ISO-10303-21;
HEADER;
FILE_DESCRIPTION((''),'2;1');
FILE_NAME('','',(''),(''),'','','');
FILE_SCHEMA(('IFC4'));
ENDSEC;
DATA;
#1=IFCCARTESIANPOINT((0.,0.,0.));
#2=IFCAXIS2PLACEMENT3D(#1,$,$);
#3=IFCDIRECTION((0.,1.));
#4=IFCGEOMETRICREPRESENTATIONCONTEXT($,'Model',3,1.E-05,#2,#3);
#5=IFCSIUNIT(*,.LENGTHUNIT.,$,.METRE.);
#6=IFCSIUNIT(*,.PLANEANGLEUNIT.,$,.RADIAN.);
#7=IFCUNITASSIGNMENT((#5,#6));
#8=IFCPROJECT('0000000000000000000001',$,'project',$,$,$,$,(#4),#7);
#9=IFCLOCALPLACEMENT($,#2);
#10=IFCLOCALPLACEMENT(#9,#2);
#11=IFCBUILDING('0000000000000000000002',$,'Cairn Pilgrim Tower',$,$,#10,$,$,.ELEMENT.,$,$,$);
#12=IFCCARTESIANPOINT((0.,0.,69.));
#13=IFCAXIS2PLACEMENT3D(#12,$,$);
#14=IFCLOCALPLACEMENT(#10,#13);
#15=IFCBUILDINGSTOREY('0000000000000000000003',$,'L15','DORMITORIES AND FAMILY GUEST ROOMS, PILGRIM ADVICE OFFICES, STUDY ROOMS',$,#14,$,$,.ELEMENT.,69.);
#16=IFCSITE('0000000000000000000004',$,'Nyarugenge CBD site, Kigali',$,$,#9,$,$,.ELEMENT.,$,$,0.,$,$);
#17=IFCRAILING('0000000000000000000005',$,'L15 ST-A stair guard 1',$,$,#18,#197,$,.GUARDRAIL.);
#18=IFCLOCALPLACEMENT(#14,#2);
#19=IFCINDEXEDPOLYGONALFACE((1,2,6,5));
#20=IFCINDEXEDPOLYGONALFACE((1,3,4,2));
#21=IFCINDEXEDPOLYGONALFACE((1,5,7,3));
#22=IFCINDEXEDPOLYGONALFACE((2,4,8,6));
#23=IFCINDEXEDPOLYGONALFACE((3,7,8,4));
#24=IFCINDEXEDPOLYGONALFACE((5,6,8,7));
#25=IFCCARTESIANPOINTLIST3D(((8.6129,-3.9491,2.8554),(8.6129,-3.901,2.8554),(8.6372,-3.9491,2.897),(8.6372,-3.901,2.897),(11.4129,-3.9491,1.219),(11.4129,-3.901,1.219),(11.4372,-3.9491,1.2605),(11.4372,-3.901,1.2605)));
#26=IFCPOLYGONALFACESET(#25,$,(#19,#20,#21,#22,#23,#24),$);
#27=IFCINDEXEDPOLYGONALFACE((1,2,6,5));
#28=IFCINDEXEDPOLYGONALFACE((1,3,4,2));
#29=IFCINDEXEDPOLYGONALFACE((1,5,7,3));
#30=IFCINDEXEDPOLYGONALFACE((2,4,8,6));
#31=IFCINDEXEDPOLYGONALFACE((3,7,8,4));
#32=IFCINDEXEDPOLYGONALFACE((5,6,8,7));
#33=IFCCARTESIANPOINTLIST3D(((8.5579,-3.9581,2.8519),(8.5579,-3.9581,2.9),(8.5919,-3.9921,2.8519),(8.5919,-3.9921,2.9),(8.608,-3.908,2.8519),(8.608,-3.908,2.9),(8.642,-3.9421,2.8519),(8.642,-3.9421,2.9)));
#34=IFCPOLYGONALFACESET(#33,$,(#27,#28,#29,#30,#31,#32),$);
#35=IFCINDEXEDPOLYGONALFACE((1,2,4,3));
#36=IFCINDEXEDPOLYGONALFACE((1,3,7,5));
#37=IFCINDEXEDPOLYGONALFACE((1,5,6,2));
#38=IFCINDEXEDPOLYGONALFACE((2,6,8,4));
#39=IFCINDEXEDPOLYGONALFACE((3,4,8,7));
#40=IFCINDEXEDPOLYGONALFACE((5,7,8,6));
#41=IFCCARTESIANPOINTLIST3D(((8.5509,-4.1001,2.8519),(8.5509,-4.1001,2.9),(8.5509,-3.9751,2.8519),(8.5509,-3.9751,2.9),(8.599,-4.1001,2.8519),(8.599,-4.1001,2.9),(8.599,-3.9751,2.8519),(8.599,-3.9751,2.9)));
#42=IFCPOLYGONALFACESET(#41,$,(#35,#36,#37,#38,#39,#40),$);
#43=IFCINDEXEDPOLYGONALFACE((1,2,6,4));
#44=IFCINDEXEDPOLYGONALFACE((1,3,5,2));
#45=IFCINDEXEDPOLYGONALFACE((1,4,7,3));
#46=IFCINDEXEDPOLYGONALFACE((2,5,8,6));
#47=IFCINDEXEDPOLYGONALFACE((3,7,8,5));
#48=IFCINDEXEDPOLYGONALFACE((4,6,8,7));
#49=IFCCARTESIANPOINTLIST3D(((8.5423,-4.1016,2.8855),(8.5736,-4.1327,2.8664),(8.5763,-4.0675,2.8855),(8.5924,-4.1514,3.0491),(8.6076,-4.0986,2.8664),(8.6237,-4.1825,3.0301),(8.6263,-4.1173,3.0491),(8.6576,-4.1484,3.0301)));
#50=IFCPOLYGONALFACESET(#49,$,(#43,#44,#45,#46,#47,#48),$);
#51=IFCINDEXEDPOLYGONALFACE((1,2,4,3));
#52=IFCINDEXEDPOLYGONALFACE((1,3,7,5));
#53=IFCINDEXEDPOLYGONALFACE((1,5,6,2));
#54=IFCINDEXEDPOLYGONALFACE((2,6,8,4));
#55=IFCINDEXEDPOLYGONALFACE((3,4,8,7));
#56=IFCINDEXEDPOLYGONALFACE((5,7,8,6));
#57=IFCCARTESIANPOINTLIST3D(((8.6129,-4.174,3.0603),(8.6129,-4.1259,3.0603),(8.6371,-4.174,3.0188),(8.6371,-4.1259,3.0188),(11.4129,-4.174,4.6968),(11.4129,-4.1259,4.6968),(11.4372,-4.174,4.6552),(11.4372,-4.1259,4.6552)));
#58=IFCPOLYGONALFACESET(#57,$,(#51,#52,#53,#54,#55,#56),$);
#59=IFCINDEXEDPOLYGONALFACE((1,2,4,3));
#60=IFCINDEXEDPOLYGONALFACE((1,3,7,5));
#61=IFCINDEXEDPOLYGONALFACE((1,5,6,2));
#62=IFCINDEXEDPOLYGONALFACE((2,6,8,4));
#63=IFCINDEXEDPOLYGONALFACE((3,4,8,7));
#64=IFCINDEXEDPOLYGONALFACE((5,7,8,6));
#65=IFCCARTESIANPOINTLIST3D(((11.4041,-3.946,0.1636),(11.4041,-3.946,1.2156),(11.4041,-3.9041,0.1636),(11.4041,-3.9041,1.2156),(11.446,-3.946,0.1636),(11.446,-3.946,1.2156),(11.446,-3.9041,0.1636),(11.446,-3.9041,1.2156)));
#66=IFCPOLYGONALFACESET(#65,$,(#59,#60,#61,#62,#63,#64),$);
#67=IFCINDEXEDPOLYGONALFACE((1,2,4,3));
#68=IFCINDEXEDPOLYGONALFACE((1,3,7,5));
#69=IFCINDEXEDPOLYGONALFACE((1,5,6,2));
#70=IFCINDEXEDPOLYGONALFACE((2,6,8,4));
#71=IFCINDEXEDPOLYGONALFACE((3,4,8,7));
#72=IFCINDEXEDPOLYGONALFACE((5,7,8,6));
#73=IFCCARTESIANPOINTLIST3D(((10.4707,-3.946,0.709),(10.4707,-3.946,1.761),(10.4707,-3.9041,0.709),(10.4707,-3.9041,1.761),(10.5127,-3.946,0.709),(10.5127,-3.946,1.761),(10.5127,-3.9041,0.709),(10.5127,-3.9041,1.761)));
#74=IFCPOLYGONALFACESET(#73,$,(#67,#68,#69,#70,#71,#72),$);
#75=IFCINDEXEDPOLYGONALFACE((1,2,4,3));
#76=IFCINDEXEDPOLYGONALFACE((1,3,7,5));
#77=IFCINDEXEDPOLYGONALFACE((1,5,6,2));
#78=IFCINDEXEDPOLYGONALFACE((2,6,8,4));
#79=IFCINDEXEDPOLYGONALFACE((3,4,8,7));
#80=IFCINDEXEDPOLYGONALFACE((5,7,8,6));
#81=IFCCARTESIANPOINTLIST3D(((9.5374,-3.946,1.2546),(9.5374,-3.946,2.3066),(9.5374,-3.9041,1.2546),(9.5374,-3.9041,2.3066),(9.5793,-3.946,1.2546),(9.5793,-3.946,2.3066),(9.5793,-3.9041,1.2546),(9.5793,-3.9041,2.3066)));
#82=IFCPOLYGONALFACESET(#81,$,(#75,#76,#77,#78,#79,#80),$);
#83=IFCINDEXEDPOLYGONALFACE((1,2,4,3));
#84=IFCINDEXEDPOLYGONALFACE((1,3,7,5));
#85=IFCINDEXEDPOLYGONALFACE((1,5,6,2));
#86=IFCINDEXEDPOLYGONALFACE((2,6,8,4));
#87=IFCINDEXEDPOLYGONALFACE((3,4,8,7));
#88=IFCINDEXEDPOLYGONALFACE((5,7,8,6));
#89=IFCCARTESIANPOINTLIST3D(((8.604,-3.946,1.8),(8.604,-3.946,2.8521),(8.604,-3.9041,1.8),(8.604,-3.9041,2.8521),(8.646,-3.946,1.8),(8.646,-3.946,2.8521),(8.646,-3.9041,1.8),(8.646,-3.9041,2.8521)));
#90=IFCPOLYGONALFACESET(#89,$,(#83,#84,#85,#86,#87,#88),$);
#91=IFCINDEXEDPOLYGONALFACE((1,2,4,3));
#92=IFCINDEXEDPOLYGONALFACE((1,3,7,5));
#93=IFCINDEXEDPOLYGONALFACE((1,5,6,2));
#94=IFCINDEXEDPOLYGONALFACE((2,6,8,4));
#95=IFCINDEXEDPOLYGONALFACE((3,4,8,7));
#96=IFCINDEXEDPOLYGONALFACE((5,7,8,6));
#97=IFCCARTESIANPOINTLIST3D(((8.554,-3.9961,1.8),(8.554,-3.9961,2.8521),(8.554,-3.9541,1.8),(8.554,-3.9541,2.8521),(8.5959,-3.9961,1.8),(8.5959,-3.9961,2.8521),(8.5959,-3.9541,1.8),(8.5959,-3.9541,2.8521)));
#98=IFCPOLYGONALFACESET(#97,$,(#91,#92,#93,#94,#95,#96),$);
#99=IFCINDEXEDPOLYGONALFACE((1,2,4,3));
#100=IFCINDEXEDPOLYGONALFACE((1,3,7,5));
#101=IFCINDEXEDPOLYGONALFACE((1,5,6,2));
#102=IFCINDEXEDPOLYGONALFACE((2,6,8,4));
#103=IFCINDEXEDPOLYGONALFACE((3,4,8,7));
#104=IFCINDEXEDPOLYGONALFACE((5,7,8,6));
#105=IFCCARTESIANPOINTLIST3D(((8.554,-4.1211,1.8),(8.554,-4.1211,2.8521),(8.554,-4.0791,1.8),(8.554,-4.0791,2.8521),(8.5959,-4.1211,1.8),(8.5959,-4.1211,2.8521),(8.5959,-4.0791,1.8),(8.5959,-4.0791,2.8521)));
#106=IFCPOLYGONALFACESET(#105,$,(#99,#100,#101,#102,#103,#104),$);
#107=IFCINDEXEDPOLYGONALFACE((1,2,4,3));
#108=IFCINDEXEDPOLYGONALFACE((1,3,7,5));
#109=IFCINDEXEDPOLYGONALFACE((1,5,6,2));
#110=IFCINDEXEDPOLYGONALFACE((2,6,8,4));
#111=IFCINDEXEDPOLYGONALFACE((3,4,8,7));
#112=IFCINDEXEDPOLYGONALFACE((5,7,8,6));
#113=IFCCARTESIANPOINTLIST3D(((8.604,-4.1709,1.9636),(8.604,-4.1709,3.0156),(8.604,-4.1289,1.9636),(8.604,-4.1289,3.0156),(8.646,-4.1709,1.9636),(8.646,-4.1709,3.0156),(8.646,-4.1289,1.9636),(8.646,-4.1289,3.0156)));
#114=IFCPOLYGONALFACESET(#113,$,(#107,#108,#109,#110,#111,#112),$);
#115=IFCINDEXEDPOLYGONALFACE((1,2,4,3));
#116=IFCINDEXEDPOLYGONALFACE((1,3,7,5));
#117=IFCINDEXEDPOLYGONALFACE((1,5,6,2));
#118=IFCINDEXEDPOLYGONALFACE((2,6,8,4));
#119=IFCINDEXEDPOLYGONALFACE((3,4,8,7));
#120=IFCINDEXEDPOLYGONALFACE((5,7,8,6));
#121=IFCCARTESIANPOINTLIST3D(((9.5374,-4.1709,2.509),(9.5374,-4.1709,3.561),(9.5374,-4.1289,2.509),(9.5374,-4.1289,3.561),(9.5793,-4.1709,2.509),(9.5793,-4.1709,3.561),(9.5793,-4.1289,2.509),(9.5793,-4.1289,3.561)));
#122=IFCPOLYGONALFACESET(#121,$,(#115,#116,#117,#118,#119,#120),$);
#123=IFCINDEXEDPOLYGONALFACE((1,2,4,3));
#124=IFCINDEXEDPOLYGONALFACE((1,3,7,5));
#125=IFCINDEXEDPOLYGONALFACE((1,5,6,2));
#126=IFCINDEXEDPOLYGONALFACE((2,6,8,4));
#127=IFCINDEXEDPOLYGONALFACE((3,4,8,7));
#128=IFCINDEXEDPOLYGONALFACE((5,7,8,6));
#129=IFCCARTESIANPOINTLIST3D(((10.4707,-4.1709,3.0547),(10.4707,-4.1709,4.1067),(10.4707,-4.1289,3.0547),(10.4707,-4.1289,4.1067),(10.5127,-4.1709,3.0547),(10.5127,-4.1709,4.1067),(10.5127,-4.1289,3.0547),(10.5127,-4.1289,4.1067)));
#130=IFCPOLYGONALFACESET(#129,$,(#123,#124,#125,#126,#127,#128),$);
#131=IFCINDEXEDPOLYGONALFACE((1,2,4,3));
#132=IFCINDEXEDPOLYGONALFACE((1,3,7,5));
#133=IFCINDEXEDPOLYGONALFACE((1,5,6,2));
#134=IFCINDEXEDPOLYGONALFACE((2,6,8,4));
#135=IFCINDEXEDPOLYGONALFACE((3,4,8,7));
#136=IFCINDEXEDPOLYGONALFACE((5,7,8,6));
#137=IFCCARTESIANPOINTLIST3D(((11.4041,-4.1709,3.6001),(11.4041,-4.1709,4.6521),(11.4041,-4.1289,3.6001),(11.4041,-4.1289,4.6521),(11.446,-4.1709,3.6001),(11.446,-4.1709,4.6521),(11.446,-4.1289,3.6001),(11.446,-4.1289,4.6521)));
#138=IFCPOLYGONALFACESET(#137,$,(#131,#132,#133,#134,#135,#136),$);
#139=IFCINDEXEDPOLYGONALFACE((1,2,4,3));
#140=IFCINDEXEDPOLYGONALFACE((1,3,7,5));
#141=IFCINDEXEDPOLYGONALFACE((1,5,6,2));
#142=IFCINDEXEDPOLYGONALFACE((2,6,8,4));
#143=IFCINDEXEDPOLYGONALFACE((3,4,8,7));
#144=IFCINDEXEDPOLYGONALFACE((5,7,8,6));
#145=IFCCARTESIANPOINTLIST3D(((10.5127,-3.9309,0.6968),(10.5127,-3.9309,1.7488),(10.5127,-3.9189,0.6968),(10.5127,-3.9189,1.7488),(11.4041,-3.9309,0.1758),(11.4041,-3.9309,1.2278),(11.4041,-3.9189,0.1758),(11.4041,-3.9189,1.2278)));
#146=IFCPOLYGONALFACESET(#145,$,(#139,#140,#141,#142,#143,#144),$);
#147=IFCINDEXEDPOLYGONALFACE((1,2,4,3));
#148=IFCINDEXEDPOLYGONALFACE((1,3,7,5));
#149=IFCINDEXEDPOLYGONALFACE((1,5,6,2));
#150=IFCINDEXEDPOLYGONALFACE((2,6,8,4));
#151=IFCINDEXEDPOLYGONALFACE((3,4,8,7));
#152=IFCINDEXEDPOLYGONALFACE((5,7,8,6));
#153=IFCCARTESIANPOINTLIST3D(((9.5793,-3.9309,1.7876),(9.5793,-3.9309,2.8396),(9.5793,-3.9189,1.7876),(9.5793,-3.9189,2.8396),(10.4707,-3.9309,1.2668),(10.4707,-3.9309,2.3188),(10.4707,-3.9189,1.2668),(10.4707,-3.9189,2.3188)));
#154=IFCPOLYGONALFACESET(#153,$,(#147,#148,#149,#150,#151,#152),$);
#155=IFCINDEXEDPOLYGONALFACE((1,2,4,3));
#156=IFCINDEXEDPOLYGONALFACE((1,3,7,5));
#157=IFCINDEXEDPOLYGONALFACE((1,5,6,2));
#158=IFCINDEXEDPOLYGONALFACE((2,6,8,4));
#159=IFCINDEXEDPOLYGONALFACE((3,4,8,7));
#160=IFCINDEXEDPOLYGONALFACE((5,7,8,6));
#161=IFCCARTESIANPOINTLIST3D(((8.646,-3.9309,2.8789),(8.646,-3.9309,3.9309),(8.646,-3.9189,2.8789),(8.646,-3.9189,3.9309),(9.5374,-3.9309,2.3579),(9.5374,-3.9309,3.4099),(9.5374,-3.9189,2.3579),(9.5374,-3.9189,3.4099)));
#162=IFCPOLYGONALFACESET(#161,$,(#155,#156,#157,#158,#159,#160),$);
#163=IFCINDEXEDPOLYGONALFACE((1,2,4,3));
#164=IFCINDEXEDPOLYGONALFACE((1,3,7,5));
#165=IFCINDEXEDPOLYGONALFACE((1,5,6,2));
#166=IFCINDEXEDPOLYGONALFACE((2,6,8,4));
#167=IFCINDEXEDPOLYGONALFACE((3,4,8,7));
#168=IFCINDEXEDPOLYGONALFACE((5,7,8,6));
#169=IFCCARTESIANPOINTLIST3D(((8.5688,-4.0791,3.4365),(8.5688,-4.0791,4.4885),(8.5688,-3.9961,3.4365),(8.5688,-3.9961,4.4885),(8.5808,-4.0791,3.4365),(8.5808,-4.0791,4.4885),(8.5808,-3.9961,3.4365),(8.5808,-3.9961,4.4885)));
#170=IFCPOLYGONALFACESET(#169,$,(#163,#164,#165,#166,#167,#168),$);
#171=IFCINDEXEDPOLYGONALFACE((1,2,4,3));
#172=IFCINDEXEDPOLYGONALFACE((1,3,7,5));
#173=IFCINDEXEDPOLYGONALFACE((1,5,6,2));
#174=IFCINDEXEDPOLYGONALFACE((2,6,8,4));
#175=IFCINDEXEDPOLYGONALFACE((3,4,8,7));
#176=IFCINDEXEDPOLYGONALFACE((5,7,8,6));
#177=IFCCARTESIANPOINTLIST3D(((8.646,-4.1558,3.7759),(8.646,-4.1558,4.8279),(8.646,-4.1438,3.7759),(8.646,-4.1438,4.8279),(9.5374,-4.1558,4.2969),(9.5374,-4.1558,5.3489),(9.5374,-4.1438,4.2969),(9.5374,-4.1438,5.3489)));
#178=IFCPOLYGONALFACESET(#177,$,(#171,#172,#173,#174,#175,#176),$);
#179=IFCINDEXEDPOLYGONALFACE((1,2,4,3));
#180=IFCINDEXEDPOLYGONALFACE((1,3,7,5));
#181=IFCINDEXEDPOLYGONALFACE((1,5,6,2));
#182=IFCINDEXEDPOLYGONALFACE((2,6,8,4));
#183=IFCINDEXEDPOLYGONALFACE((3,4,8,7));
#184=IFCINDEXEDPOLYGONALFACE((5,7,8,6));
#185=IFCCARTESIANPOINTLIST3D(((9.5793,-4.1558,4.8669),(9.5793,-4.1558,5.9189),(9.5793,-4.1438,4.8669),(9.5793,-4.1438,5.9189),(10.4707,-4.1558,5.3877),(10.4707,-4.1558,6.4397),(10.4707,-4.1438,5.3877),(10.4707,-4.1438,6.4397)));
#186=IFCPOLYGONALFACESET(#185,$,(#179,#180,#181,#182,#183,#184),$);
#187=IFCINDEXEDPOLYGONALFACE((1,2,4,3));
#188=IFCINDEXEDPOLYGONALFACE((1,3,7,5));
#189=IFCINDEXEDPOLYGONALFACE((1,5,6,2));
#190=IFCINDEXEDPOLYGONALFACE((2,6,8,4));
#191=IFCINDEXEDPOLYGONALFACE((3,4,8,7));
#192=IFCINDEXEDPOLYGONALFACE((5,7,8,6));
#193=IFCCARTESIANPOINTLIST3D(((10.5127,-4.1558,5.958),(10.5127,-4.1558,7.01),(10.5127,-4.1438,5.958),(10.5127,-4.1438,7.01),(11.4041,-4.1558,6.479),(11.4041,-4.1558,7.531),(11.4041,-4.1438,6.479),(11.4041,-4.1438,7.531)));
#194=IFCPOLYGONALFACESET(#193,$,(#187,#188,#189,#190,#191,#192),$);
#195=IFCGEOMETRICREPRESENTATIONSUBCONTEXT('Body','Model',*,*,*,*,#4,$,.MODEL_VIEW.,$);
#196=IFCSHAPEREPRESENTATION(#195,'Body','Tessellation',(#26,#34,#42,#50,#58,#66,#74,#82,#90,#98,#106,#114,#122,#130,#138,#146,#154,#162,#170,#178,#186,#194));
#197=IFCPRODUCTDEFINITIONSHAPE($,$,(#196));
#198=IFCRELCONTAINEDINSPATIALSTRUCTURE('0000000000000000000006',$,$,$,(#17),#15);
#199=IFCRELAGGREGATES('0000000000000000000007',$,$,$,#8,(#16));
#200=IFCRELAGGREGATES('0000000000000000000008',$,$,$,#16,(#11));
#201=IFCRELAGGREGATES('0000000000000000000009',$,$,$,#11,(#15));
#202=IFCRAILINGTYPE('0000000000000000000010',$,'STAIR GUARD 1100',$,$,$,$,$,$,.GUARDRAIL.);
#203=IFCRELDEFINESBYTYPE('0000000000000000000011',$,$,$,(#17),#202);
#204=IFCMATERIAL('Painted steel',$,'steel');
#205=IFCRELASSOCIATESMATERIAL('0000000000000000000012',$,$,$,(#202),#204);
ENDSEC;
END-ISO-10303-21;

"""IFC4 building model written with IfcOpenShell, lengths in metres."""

from ifc_helpers import new_model, si_unit, direction, frame, origin, origin_2d, place, context, subcontext, project, spatial, polyline, rectangle, outline, extrude, material, type_object, element, save


model = new_model("IFC4")

# Units and contexts
model_context = context("Model", 3, precision=1e-05, world=origin(), true_north=direction((0.0, 1.0)))
body_context = subcontext(model_context, "Body", "Model", "MODEL_VIEW")
ifc_project = project(units=[si_unit("LENGTHUNIT", "METRE"), si_unit("PLANEANGLEUNIT", "RADIAN")], contexts=[model_context])

# Site, building, storey
site_placement = place(None, origin())
site = spatial("IfcSite", under=ifc_project, at=site_placement, Name="Nyarugenge CBD site, Kigali", CompositionType="ELEMENT", RefElevation=0.0)
building_placement = place(site_placement, origin())
building = spatial("IfcBuilding", under=site, at=building_placement, Name="Cairn Pilgrim Tower", CompositionType="ELEMENT")
storey_placement = place(building_placement, frame((0.0, 0.0, 69.0)))
storey = spatial("IfcBuildingStorey", under=building, at=storey_placement, Name="L15", Description="DORMITORIES AND FAMILY GUEST ROOMS, PILGRIM ADVICE OFFICES, STUDY ROOMS", CompositionType="ELEMENT", Elevation=69.0)

# Shared definitions
ifc_material_1 = material(Name="Painted steel", Category="steel")

# Railing
railing_type_1 = type_object("IfcRailingType", Name="STAIR GUARD 1100", PredefinedType="GUARDRAIL", material=ifc_material_1)
railing_1_placement = place(storey_placement, frame((11.425, -3.925, 0.1636)))
element("IfcRailing", 1, at=railing_1_placement, inside=storey, type_object=railing_type_1, Name="L15 ST-A stair guard 1", PredefinedType="GUARDRAIL", context=body_context, shape_type="SweptSolid", body=[
    extrude(rectangle(XDim=0.0481, YDim=0.0481, at=origin_2d()), frame((0.0, 0.0, 1.0762), z_axis=(-0.863361, 0.0, 0.504587), x_axis=(0.0, -1.0, 0.0)), (0.0, 0.0, 1.0), 3.2432),
    extrude(rectangle(XDim=0.0481, YDim=0.0481, at=origin_2d()), frame((-2.8, 0.0, 2.7124), z_axis=(-0.707107, -0.707107, 0.0), x_axis=(0.707107, -0.707107, 0.0)), (0.0, 0.0, 1.0), 0.0708),
    extrude(rectangle(XDim=0.0481, YDim=0.0481, at=origin_2d()), frame((-2.8501, -0.05, 2.7124), z_axis=(0.0, -1.0, 0.0), x_axis=(1.0, 0.0, 0.0)), (0.0, 0.0, 1.0), 0.125),
    extrude(rectangle(XDim=0.0481, YDim=0.0481, at=origin_2d()), frame((-2.8501, -0.175, 2.7124), z_axis=(0.280917, -0.279546, 0.918118), x_axis=(0.705376, 0.708834, 0.0)), (0.0, 0.0, 1.0), 0.1782),
    extrude(rectangle(XDim=0.0481, YDim=0.0481, at=origin_2d()), frame((-2.8, -0.2249, 2.876), z_axis=(0.863361, 0.0, 0.504587), x_axis=(0.0, 1.0, 0.0)), (0.0, 0.0, 1.0), 3.2432),
    extrude(rectangle(XDim=0.042, YDim=0.042, at=origin_2d()), origin(), (0.0, 0.0, 1.0), 1.052),
    extrude(rectangle(XDim=0.042, YDim=0.042, at=origin_2d()), frame((-0.9333, 0.0, 0.5454)), (0.0, 0.0, 1.0), 1.052),
    extrude(rectangle(XDim=0.042, YDim=0.042, at=origin_2d()), frame((-1.8667, 0.0, 1.0911)), (0.0, 0.0, 1.0), 1.052),
    extrude(rectangle(XDim=0.042, YDim=0.042, at=origin_2d()), frame((-2.8, 0.0, 1.6365)), (0.0, 0.0, 1.0), 1.052),
    extrude(rectangle(XDim=0.042, YDim=0.042, at=origin_2d()), frame((-2.8501, -0.05, 1.6365)), (0.0, 0.0, 1.0), 1.052),
    extrude(rectangle(XDim=0.042, YDim=0.042, at=origin_2d()), frame((-2.8501, -0.175, 1.6365)), (0.0, 0.0, 1.0), 1.052),
    extrude(rectangle(XDim=0.042, YDim=0.042, at=origin_2d()), frame((-2.8, -0.2249, 1.8)), (0.0, 0.0, 1.0), 1.052),
    extrude(rectangle(XDim=0.042, YDim=0.042, at=origin_2d()), frame((-1.8667, -0.2249, 2.3455)), (0.0, 0.0, 1.0), 1.052),
    extrude(rectangle(XDim=0.042, YDim=0.042, at=origin_2d()), frame((-0.9333, -0.2249, 2.8911)), (0.0, 0.0, 1.0), 1.052),
    extrude(rectangle(XDim=0.042, YDim=0.042, at=origin_2d()), frame((0.0, -0.2249, 3.4365)), (0.0, 0.0, 1.0), 1.052),
    extrude(outline(polyline([(0.021, 0.0122), (0.9124, 0.5332), (0.9124, 1.5852), (0.021, 1.0642), (0.021, 0.0122)])), frame((0.0, -0.0059, 0.0), z_axis=(0.0, 1.0, 0.0), x_axis=(-1.0, 0.0, 0.0)), (0.0, 0.0, 1.0), 0.012),
    extrude(outline(polyline([(0.021, 0.5579), (0.9124, 1.0786), (0.9124, 2.1306), (0.021, 1.6099), (0.021, 0.5579)])), frame((-0.9333, -0.0059, 0.5454), z_axis=(0.0, 1.0, 0.0), x_axis=(-1.0, 0.0, 0.0)), (0.0, 0.0, 1.0), 0.012),
    extrude(outline(polyline([(0.021, 1.1033), (0.9124, 1.6243), (0.9124, 2.6763), (0.021, 2.1553), (0.021, 1.1033)])), frame((-1.8667, -0.0059, 1.0911), z_axis=(0.0, 1.0, 0.0), x_axis=(-1.0, 0.0, 0.0)), (0.0, 0.0, 1.0), 0.012),
    extrude(outline(polyline([(0.021, 1.6365), (0.104, 1.6365), (0.104, 2.6885), (0.021, 2.6885), (0.021, 1.6365)])), frame((-2.8442, -0.05, 1.6365), z_axis=(-1.0, 0.0, 0.0), x_axis=(0.0, -1.0, 0.0)), (0.0, 0.0, 1.0), 0.012),
    extrude(outline(polyline([(0.021, 1.8123), (0.9124, 2.3333), (0.9124, 3.3853), (0.021, 2.8643), (0.021, 1.8123)])), frame((-2.8, -0.2188, 1.8), z_axis=(0.0, -1.0, 0.0), x_axis=(1.0, 0.0, 0.0)), (0.0, 0.0, 1.0), 0.012),
    extrude(outline(polyline([(0.021, 2.3579), (0.9124, 2.8787), (0.9124, 3.9307), (0.021, 3.4099), (0.021, 2.3579)])), frame((-1.8667, -0.2188, 2.3455), z_axis=(0.0, -1.0, 0.0), x_axis=(1.0, 0.0, 0.0)), (0.0, 0.0, 1.0), 0.012),
    extrude(outline(polyline([(0.021, 2.9033), (0.9124, 3.4243), (0.9124, 4.4763), (0.021, 3.9553), (0.021, 2.9033)])), frame((-0.9333, -0.2188, 2.8911), z_axis=(0.0, -1.0, 0.0), x_axis=(1.0, 0.0, 0.0)), (0.0, 0.0, 1.0), 0.012),
])

save(model, "model.ifc")
